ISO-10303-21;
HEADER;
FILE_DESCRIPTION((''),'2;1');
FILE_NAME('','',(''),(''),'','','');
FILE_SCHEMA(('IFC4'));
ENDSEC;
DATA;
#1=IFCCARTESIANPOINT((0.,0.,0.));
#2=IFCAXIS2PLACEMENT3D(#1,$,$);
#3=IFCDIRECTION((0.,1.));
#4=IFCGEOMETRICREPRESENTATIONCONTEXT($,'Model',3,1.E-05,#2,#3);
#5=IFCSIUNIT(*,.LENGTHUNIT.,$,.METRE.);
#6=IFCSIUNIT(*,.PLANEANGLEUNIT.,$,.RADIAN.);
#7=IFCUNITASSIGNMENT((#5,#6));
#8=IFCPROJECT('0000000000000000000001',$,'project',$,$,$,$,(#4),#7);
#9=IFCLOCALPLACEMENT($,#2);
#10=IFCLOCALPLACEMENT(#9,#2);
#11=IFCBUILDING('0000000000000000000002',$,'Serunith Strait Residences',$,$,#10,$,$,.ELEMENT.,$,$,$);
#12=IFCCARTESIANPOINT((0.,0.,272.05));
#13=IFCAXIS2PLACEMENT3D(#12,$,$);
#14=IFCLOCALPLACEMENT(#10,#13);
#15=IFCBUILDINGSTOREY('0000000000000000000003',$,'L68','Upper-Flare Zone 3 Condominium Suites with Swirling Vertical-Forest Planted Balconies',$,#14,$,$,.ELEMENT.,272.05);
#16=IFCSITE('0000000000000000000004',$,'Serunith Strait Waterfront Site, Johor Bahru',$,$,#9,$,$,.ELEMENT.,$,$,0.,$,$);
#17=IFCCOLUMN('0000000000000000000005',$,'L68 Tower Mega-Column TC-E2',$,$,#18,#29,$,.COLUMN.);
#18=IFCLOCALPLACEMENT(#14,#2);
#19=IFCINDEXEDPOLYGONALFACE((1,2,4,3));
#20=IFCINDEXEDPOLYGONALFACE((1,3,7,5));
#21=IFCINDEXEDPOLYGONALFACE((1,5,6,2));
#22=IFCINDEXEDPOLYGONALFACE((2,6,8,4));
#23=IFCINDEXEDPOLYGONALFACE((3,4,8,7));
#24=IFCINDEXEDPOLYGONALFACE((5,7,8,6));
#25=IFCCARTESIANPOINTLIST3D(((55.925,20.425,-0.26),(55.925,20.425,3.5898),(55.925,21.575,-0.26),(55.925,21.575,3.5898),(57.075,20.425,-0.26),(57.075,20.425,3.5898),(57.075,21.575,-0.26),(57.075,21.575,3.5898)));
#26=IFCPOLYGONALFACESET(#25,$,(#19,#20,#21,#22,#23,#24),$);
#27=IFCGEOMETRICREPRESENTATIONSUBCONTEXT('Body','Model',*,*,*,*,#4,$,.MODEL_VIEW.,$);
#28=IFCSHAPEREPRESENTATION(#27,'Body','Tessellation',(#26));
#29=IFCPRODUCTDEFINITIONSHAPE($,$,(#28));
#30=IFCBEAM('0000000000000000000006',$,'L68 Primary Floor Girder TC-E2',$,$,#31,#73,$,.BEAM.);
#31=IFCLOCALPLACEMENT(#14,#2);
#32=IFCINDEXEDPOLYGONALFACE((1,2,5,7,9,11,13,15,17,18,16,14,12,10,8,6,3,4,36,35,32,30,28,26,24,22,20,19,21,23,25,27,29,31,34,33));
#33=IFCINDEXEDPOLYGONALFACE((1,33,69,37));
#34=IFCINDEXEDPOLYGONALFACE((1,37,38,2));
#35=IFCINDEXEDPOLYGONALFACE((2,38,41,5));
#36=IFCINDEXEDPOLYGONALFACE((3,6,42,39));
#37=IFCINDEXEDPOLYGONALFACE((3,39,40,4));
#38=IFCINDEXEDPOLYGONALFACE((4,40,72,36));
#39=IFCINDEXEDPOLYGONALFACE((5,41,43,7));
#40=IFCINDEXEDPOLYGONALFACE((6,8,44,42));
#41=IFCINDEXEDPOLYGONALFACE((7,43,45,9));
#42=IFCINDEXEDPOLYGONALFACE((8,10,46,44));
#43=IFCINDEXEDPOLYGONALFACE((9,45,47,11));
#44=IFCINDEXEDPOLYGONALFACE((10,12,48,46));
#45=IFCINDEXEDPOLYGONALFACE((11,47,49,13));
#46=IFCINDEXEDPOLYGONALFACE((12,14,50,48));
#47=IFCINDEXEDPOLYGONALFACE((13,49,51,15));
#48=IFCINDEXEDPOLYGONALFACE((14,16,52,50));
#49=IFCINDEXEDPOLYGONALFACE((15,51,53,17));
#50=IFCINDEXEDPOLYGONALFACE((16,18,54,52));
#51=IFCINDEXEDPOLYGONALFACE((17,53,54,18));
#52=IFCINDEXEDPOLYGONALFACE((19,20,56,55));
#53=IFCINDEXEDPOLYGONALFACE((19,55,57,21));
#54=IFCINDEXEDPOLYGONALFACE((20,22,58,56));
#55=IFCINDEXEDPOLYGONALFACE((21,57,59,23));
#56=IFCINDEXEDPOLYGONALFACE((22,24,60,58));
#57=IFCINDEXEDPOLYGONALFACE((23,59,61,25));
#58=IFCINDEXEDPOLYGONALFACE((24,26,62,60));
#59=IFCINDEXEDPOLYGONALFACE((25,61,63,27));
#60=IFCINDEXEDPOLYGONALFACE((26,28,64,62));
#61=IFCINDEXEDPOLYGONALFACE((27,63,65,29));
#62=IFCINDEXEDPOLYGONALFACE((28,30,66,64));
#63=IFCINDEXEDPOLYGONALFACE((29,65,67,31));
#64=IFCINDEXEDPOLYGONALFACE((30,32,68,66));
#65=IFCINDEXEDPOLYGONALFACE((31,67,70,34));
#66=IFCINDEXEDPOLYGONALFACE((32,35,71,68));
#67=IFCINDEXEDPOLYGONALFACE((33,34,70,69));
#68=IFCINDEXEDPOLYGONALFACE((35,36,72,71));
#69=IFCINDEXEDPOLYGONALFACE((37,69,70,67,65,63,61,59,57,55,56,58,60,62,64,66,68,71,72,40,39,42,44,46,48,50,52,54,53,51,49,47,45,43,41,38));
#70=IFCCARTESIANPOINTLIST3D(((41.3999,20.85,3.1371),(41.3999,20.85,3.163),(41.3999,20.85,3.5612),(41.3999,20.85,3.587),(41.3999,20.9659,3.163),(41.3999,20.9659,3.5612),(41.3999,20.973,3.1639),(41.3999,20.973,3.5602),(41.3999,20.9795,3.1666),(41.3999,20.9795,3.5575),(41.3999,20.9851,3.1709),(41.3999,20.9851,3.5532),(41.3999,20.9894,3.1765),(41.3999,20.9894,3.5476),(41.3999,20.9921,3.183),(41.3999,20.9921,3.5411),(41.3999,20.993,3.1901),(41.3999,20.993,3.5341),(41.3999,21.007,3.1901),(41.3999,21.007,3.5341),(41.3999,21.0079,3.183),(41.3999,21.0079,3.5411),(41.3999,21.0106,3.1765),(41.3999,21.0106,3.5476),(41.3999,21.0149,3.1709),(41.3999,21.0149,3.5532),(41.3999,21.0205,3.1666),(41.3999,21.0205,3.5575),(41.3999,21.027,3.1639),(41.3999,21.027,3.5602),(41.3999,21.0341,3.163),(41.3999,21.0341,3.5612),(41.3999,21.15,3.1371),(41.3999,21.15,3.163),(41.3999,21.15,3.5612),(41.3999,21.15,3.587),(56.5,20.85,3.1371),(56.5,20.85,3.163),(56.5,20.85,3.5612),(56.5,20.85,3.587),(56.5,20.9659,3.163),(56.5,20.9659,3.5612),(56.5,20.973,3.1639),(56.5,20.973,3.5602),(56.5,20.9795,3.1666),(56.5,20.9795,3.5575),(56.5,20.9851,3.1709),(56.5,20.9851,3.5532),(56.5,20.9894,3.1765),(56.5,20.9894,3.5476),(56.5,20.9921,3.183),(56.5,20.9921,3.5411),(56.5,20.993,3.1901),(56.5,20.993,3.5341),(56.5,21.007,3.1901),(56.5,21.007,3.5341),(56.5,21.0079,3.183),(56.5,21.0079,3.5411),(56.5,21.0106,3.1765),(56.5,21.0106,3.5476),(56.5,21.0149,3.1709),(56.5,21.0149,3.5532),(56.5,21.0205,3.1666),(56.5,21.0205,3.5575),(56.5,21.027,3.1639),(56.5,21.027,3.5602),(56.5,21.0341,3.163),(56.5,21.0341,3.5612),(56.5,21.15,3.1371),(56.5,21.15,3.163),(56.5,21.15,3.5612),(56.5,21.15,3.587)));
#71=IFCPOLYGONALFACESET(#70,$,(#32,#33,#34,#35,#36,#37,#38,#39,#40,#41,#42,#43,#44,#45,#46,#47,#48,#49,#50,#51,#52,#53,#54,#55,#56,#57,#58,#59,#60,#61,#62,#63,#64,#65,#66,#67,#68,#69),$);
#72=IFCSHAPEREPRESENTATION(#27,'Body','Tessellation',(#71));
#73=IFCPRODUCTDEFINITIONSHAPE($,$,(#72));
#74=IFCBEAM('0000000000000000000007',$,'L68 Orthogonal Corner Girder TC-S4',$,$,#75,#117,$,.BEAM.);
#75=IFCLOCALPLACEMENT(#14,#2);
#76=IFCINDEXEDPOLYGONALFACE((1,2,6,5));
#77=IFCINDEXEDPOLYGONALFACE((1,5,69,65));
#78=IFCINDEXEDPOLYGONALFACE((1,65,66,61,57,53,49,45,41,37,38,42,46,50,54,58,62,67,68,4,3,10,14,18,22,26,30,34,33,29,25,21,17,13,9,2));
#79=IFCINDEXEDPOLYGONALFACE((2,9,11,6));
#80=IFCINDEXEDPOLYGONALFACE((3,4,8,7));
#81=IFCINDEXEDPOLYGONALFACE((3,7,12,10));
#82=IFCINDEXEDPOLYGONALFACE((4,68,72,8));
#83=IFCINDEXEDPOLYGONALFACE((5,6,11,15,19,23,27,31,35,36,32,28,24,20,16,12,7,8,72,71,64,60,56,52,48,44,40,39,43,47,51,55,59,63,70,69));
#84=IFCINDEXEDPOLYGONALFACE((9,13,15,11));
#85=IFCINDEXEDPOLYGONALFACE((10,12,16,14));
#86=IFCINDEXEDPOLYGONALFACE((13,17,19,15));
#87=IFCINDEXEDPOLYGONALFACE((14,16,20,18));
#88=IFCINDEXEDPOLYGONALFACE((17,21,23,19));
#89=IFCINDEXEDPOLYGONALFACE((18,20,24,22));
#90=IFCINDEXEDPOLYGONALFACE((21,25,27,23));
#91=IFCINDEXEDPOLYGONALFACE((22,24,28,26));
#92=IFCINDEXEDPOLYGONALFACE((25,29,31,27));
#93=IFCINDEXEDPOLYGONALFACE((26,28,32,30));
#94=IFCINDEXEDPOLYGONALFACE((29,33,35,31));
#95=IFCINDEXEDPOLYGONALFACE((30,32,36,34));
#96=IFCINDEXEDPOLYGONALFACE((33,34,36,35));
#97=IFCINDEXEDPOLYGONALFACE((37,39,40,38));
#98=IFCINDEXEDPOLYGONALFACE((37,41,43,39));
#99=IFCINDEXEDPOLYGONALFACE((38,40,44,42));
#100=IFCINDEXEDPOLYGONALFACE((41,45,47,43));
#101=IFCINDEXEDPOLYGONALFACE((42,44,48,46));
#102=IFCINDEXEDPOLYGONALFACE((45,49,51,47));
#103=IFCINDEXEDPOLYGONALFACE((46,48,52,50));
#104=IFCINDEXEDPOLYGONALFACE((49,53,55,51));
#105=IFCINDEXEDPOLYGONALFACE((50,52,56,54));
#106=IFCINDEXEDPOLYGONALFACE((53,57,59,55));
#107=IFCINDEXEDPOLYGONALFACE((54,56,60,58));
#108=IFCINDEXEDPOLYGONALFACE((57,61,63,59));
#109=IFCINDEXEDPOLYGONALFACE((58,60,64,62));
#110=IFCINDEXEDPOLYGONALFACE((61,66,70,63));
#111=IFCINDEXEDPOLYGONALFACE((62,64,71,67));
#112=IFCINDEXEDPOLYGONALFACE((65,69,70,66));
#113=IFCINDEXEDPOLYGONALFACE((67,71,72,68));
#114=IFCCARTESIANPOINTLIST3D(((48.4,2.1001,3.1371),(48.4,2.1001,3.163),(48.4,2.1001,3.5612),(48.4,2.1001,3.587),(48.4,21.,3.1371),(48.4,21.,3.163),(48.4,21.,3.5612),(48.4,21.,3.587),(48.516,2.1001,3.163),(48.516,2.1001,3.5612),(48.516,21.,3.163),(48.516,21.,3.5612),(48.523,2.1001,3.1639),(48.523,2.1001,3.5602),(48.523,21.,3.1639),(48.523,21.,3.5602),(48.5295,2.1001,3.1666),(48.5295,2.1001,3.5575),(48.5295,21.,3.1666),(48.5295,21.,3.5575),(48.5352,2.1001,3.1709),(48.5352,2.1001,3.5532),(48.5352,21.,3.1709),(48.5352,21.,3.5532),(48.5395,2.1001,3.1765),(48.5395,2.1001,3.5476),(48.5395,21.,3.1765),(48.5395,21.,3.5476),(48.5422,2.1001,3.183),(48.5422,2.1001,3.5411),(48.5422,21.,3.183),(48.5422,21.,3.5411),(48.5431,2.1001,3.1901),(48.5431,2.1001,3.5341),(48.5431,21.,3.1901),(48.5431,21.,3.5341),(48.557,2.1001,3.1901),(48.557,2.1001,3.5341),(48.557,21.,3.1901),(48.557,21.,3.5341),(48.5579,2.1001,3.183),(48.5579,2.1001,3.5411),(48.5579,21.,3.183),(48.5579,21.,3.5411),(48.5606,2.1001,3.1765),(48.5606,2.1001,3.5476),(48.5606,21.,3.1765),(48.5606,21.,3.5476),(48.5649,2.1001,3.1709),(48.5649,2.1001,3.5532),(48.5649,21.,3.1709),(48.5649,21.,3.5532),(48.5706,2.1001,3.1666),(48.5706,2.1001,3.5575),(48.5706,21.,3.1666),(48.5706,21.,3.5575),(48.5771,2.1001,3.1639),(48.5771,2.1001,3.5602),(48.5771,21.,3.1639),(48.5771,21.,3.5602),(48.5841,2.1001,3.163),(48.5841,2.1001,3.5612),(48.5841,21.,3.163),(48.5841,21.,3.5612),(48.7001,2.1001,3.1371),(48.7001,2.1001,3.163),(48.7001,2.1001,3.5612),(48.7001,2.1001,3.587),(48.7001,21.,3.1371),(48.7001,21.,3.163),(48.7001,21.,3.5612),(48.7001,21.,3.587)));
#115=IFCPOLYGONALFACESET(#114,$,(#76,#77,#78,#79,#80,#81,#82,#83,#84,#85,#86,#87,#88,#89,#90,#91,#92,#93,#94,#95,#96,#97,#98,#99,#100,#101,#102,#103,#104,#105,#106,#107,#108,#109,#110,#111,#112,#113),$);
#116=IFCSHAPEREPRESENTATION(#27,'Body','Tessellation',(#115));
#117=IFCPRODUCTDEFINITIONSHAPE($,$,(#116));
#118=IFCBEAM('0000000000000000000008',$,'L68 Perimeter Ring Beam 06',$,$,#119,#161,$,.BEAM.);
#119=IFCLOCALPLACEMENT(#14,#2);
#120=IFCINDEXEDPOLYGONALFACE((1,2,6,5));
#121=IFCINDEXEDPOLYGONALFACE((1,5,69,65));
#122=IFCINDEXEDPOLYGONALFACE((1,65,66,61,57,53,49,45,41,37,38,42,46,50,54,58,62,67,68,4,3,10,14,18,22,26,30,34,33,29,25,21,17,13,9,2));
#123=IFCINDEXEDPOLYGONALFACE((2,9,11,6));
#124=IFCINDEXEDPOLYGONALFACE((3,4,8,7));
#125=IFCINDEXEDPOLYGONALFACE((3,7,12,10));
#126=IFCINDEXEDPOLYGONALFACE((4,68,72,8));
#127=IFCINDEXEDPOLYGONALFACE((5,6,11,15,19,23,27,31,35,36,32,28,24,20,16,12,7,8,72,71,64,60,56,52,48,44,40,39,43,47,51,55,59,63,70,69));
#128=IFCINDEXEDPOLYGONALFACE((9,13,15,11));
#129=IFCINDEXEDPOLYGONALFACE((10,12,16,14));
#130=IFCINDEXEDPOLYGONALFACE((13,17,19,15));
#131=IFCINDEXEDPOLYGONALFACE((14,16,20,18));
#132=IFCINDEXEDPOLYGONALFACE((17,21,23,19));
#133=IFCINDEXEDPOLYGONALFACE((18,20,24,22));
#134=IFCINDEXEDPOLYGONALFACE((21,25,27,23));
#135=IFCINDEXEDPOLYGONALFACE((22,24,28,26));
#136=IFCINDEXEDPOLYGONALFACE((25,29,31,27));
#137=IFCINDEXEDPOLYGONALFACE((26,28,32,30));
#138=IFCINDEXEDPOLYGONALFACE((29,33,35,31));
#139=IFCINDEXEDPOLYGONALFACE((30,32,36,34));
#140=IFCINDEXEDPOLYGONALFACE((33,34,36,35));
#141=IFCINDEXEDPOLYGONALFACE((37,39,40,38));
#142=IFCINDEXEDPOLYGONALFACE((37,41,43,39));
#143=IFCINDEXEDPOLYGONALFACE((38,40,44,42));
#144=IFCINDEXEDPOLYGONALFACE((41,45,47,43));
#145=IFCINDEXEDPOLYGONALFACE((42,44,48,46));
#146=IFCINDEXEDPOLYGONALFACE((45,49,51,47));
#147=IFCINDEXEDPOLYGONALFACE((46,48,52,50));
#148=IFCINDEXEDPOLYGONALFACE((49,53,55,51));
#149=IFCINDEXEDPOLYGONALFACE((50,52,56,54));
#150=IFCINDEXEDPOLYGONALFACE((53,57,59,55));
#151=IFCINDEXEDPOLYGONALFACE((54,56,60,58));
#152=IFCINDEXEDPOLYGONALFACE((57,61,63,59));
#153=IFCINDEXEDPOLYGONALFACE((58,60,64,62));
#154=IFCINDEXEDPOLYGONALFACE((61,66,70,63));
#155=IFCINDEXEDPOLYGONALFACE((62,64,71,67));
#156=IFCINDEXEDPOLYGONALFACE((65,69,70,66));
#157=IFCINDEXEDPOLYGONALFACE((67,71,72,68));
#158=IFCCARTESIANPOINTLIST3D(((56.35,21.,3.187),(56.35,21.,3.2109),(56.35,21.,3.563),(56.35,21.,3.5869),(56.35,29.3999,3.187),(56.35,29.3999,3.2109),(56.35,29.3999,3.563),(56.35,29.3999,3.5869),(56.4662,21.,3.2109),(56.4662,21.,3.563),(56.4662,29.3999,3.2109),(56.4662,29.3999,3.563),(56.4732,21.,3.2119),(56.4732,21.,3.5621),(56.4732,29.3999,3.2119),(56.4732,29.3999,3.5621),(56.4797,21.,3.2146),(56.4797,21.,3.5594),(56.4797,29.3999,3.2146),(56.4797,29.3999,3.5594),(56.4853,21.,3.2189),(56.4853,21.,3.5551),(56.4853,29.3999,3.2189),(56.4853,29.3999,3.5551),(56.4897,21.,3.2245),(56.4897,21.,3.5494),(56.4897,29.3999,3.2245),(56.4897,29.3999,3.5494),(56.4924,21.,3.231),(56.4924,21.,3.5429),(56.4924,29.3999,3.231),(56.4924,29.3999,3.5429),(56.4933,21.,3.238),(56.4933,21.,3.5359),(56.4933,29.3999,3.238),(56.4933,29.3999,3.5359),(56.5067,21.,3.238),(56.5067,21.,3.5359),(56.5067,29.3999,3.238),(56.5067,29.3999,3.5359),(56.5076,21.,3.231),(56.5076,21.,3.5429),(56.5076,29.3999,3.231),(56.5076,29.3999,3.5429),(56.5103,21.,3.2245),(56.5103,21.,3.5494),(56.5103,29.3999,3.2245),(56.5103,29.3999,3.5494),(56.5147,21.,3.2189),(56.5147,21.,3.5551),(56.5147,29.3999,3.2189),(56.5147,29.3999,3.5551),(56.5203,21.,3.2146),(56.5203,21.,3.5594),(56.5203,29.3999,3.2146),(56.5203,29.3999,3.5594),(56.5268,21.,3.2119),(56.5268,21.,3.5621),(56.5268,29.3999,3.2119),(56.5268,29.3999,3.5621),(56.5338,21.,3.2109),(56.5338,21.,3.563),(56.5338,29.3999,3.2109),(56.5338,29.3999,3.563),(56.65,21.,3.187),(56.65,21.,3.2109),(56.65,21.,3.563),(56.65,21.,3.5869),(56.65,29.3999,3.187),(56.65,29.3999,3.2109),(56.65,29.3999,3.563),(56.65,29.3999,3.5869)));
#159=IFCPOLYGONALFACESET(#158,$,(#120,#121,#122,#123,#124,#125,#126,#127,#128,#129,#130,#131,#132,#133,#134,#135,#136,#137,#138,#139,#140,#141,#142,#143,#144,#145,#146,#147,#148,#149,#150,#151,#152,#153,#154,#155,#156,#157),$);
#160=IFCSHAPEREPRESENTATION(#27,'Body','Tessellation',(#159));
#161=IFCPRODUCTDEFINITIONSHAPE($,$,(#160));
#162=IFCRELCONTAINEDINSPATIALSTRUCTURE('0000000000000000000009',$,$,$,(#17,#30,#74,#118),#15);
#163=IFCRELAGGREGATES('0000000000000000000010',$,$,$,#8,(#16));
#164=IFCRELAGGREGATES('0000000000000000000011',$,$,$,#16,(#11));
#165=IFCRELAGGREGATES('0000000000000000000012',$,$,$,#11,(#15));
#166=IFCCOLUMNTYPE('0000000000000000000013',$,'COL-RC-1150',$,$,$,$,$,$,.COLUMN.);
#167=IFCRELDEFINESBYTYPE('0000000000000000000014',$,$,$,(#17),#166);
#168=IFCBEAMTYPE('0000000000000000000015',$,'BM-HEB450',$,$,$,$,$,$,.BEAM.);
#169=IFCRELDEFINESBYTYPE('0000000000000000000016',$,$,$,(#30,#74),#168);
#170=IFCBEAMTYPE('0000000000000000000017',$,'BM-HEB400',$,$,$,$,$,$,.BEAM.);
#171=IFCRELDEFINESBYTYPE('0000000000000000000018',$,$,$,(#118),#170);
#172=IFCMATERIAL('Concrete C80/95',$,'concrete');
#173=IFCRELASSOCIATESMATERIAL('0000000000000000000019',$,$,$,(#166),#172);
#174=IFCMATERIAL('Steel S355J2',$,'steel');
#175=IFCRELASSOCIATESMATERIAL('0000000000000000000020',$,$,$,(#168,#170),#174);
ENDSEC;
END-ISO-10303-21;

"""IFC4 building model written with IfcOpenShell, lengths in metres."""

from ifc_helpers import new_model, si_unit, direction, frame, origin, origin_2d, place, context, subcontext, project, spatial, rectangle, i_section, extrude, source, transform, mapped, material, material_profile, profile_set, type_object, element, save


model = new_model("IFC4")

# Units and contexts
model_context = context("Model", 3, precision=1e-05, world=origin(), true_north=direction((0.0, 1.0)))
body_context = subcontext(model_context, "Body", "Model", "MODEL_VIEW")
ifc_project = project(units=[si_unit("LENGTHUNIT", "METRE"), si_unit("PLANEANGLEUNIT", "RADIAN")], contexts=[model_context])

# Site, building, storey
site_placement = place(None, origin())
site = spatial("IfcSite", under=ifc_project, at=site_placement, Name="Serunith Strait Waterfront Site, Johor Bahru", CompositionType="ELEMENT", RefElevation=0.0)
building_placement = place(site_placement, origin())
building = spatial("IfcBuilding", under=site, at=building_placement, Name="Serunith Strait Residences", CompositionType="ELEMENT")
storey_placement = place(building_placement, frame((0.0, 0.0, 272.05)))
storey = spatial("IfcBuildingStorey", under=building, at=storey_placement, Name="L68", Description="Upper-Flare Zone 3 Condominium Suites with Swirling Vertical-Forest Planted Balconies", CompositionType="ELEMENT", Elevation=272.05)

# Column
ifc_material_1 = material(Name="Concrete C80/95", Category="concrete")
ifc_material_profile_1 = material_profile(ifc_material_1, rectangle(XDim=1.1499, YDim=1.1499, at=origin_2d()), Name="RC 1150x1150")
ifc_profile_set_1 = profile_set([ifc_material_profile_1], Name="Concrete C80/95")
column_type = type_object("IfcColumnType", Name="COL-RC-1150", PredefinedType="COLUMN", material=ifc_profile_set_1)
shared_shape_1 = source(origin(), body_context, "Body", "SweptSolid", [
    extrude(rectangle(XDim=1.1499, YDim=1.1499, at=origin_2d()), origin(), (0.0, 0.0, 1.0), 3.8499),
])
column_placement = place(storey_placement, frame((56.5, 21.0, -0.26), z_axis=(0.0, 0.0, 1.0), x_axis=(1.0, 0.0, 0.0)))
element("IfcColumn", 1, at=column_placement, inside=storey, type_object=column_type, Name="L68 Tower Mega-Column TC-E2", PredefinedType="COLUMN", context=body_context, shape_type="MappedRepresentation", body=[
    mapped(shared_shape_1, transform((0.0, 0.0, 0.0), scale=1.0)),
])

# Beams
ifc_material_2 = material(Name="Steel S355J2", Category="steel")
ifc_material_profile_2 = material_profile(ifc_material_2, i_section(OverallWidth=0.3, OverallDepth=0.45, WebThickness=0.0139, FlangeThickness=0.0259, FilletRadius=0.0271, at=origin_2d()), Name="HEB 450")
ifc_profile_set_2 = profile_set([ifc_material_profile_2], Name="Steel S355J2")
beam_type_1 = type_object("IfcBeamType", Name="BM-HEB450", PredefinedType="BEAM", material=ifc_profile_set_2)
shared_shape_2 = source(origin(), body_context, "Body", "SweptSolid", [
    extrude(i_section(OverallWidth=0.3, OverallDepth=0.45, WebThickness=0.0139, FlangeThickness=0.0259, FilletRadius=0.0271, at=origin_2d()), origin(), (0.0, 0.0, 1.0), 15.1001),
])
beam_1_placement = place(storey_placement, frame((41.3999, 21.0, 3.3621), z_axis=(1.0, 0.0, 0.0), x_axis=(0.0, 1.0, 0.0)))
element("IfcBeam", 2, at=beam_1_placement, inside=storey, type_object=beam_type_1, Name="L68 Primary Floor Girder TC-E2", PredefinedType="BEAM", context=body_context, shape_type="MappedRepresentation", body=[
    mapped(shared_shape_2, transform((0.0, 0.0, 0.0), scale=1.0)),
])
shared_shape_3 = source(origin(), body_context, "Body", "SweptSolid", [
    extrude(i_section(OverallWidth=0.3, OverallDepth=0.45, WebThickness=0.0139, FlangeThickness=0.0259, FilletRadius=0.0271, at=origin_2d()), origin(), (0.0, 0.0, 1.0), 18.8999),
])
beam_2_placement = place(storey_placement, frame((48.55, 21.0, 3.3621), z_axis=(0.0, -1.0, 0.0), x_axis=(1.0, 0.0, 0.0)))
element("IfcBeam", 3, at=beam_2_placement, inside=storey, type_object=beam_type_1, Name="L68 Orthogonal Corner Girder TC-S4", PredefinedType="BEAM", context=body_context, shape_type="MappedRepresentation", body=[
    mapped(shared_shape_3, transform((0.0, 0.0, 0.0), scale=1.0)),
])
ifc_material_profile_3 = material_profile(ifc_material_2, i_section(OverallWidth=0.3, OverallDepth=0.3999, WebThickness=0.0134, FlangeThickness=0.0239, FilletRadius=0.0271, at=origin_2d()), Name="HEB 400")
ifc_profile_set_3 = profile_set([ifc_material_profile_3], Name="Steel S355J2")
beam_type_2 = type_object("IfcBeamType", Name="BM-HEB400", PredefinedType="BEAM", material=ifc_profile_set_3)
shared_shape_4 = source(origin(), body_context, "Body", "SweptSolid", [
    extrude(i_section(OverallWidth=0.3, OverallDepth=0.3999, WebThickness=0.0134, FlangeThickness=0.0239, FilletRadius=0.0271, at=origin_2d()), origin(), (0.0, 0.0, 1.0), 8.3999),
])
beam_3_placement = place(storey_placement, frame((56.5, 21.0, 3.387), z_axis=(0.0, 1.0, 0.0), x_axis=(-1.0, 0.0, 0.0)))
element("IfcBeam", 4, at=beam_3_placement, inside=storey, type_object=beam_type_2, Name="L68 Perimeter Ring Beam 06", PredefinedType="BEAM", context=body_context, shape_type="MappedRepresentation", body=[
    mapped(shared_shape_4, transform((0.0, 0.0, 0.0), scale=1.0)),
])

save(model, "model.ifc")
